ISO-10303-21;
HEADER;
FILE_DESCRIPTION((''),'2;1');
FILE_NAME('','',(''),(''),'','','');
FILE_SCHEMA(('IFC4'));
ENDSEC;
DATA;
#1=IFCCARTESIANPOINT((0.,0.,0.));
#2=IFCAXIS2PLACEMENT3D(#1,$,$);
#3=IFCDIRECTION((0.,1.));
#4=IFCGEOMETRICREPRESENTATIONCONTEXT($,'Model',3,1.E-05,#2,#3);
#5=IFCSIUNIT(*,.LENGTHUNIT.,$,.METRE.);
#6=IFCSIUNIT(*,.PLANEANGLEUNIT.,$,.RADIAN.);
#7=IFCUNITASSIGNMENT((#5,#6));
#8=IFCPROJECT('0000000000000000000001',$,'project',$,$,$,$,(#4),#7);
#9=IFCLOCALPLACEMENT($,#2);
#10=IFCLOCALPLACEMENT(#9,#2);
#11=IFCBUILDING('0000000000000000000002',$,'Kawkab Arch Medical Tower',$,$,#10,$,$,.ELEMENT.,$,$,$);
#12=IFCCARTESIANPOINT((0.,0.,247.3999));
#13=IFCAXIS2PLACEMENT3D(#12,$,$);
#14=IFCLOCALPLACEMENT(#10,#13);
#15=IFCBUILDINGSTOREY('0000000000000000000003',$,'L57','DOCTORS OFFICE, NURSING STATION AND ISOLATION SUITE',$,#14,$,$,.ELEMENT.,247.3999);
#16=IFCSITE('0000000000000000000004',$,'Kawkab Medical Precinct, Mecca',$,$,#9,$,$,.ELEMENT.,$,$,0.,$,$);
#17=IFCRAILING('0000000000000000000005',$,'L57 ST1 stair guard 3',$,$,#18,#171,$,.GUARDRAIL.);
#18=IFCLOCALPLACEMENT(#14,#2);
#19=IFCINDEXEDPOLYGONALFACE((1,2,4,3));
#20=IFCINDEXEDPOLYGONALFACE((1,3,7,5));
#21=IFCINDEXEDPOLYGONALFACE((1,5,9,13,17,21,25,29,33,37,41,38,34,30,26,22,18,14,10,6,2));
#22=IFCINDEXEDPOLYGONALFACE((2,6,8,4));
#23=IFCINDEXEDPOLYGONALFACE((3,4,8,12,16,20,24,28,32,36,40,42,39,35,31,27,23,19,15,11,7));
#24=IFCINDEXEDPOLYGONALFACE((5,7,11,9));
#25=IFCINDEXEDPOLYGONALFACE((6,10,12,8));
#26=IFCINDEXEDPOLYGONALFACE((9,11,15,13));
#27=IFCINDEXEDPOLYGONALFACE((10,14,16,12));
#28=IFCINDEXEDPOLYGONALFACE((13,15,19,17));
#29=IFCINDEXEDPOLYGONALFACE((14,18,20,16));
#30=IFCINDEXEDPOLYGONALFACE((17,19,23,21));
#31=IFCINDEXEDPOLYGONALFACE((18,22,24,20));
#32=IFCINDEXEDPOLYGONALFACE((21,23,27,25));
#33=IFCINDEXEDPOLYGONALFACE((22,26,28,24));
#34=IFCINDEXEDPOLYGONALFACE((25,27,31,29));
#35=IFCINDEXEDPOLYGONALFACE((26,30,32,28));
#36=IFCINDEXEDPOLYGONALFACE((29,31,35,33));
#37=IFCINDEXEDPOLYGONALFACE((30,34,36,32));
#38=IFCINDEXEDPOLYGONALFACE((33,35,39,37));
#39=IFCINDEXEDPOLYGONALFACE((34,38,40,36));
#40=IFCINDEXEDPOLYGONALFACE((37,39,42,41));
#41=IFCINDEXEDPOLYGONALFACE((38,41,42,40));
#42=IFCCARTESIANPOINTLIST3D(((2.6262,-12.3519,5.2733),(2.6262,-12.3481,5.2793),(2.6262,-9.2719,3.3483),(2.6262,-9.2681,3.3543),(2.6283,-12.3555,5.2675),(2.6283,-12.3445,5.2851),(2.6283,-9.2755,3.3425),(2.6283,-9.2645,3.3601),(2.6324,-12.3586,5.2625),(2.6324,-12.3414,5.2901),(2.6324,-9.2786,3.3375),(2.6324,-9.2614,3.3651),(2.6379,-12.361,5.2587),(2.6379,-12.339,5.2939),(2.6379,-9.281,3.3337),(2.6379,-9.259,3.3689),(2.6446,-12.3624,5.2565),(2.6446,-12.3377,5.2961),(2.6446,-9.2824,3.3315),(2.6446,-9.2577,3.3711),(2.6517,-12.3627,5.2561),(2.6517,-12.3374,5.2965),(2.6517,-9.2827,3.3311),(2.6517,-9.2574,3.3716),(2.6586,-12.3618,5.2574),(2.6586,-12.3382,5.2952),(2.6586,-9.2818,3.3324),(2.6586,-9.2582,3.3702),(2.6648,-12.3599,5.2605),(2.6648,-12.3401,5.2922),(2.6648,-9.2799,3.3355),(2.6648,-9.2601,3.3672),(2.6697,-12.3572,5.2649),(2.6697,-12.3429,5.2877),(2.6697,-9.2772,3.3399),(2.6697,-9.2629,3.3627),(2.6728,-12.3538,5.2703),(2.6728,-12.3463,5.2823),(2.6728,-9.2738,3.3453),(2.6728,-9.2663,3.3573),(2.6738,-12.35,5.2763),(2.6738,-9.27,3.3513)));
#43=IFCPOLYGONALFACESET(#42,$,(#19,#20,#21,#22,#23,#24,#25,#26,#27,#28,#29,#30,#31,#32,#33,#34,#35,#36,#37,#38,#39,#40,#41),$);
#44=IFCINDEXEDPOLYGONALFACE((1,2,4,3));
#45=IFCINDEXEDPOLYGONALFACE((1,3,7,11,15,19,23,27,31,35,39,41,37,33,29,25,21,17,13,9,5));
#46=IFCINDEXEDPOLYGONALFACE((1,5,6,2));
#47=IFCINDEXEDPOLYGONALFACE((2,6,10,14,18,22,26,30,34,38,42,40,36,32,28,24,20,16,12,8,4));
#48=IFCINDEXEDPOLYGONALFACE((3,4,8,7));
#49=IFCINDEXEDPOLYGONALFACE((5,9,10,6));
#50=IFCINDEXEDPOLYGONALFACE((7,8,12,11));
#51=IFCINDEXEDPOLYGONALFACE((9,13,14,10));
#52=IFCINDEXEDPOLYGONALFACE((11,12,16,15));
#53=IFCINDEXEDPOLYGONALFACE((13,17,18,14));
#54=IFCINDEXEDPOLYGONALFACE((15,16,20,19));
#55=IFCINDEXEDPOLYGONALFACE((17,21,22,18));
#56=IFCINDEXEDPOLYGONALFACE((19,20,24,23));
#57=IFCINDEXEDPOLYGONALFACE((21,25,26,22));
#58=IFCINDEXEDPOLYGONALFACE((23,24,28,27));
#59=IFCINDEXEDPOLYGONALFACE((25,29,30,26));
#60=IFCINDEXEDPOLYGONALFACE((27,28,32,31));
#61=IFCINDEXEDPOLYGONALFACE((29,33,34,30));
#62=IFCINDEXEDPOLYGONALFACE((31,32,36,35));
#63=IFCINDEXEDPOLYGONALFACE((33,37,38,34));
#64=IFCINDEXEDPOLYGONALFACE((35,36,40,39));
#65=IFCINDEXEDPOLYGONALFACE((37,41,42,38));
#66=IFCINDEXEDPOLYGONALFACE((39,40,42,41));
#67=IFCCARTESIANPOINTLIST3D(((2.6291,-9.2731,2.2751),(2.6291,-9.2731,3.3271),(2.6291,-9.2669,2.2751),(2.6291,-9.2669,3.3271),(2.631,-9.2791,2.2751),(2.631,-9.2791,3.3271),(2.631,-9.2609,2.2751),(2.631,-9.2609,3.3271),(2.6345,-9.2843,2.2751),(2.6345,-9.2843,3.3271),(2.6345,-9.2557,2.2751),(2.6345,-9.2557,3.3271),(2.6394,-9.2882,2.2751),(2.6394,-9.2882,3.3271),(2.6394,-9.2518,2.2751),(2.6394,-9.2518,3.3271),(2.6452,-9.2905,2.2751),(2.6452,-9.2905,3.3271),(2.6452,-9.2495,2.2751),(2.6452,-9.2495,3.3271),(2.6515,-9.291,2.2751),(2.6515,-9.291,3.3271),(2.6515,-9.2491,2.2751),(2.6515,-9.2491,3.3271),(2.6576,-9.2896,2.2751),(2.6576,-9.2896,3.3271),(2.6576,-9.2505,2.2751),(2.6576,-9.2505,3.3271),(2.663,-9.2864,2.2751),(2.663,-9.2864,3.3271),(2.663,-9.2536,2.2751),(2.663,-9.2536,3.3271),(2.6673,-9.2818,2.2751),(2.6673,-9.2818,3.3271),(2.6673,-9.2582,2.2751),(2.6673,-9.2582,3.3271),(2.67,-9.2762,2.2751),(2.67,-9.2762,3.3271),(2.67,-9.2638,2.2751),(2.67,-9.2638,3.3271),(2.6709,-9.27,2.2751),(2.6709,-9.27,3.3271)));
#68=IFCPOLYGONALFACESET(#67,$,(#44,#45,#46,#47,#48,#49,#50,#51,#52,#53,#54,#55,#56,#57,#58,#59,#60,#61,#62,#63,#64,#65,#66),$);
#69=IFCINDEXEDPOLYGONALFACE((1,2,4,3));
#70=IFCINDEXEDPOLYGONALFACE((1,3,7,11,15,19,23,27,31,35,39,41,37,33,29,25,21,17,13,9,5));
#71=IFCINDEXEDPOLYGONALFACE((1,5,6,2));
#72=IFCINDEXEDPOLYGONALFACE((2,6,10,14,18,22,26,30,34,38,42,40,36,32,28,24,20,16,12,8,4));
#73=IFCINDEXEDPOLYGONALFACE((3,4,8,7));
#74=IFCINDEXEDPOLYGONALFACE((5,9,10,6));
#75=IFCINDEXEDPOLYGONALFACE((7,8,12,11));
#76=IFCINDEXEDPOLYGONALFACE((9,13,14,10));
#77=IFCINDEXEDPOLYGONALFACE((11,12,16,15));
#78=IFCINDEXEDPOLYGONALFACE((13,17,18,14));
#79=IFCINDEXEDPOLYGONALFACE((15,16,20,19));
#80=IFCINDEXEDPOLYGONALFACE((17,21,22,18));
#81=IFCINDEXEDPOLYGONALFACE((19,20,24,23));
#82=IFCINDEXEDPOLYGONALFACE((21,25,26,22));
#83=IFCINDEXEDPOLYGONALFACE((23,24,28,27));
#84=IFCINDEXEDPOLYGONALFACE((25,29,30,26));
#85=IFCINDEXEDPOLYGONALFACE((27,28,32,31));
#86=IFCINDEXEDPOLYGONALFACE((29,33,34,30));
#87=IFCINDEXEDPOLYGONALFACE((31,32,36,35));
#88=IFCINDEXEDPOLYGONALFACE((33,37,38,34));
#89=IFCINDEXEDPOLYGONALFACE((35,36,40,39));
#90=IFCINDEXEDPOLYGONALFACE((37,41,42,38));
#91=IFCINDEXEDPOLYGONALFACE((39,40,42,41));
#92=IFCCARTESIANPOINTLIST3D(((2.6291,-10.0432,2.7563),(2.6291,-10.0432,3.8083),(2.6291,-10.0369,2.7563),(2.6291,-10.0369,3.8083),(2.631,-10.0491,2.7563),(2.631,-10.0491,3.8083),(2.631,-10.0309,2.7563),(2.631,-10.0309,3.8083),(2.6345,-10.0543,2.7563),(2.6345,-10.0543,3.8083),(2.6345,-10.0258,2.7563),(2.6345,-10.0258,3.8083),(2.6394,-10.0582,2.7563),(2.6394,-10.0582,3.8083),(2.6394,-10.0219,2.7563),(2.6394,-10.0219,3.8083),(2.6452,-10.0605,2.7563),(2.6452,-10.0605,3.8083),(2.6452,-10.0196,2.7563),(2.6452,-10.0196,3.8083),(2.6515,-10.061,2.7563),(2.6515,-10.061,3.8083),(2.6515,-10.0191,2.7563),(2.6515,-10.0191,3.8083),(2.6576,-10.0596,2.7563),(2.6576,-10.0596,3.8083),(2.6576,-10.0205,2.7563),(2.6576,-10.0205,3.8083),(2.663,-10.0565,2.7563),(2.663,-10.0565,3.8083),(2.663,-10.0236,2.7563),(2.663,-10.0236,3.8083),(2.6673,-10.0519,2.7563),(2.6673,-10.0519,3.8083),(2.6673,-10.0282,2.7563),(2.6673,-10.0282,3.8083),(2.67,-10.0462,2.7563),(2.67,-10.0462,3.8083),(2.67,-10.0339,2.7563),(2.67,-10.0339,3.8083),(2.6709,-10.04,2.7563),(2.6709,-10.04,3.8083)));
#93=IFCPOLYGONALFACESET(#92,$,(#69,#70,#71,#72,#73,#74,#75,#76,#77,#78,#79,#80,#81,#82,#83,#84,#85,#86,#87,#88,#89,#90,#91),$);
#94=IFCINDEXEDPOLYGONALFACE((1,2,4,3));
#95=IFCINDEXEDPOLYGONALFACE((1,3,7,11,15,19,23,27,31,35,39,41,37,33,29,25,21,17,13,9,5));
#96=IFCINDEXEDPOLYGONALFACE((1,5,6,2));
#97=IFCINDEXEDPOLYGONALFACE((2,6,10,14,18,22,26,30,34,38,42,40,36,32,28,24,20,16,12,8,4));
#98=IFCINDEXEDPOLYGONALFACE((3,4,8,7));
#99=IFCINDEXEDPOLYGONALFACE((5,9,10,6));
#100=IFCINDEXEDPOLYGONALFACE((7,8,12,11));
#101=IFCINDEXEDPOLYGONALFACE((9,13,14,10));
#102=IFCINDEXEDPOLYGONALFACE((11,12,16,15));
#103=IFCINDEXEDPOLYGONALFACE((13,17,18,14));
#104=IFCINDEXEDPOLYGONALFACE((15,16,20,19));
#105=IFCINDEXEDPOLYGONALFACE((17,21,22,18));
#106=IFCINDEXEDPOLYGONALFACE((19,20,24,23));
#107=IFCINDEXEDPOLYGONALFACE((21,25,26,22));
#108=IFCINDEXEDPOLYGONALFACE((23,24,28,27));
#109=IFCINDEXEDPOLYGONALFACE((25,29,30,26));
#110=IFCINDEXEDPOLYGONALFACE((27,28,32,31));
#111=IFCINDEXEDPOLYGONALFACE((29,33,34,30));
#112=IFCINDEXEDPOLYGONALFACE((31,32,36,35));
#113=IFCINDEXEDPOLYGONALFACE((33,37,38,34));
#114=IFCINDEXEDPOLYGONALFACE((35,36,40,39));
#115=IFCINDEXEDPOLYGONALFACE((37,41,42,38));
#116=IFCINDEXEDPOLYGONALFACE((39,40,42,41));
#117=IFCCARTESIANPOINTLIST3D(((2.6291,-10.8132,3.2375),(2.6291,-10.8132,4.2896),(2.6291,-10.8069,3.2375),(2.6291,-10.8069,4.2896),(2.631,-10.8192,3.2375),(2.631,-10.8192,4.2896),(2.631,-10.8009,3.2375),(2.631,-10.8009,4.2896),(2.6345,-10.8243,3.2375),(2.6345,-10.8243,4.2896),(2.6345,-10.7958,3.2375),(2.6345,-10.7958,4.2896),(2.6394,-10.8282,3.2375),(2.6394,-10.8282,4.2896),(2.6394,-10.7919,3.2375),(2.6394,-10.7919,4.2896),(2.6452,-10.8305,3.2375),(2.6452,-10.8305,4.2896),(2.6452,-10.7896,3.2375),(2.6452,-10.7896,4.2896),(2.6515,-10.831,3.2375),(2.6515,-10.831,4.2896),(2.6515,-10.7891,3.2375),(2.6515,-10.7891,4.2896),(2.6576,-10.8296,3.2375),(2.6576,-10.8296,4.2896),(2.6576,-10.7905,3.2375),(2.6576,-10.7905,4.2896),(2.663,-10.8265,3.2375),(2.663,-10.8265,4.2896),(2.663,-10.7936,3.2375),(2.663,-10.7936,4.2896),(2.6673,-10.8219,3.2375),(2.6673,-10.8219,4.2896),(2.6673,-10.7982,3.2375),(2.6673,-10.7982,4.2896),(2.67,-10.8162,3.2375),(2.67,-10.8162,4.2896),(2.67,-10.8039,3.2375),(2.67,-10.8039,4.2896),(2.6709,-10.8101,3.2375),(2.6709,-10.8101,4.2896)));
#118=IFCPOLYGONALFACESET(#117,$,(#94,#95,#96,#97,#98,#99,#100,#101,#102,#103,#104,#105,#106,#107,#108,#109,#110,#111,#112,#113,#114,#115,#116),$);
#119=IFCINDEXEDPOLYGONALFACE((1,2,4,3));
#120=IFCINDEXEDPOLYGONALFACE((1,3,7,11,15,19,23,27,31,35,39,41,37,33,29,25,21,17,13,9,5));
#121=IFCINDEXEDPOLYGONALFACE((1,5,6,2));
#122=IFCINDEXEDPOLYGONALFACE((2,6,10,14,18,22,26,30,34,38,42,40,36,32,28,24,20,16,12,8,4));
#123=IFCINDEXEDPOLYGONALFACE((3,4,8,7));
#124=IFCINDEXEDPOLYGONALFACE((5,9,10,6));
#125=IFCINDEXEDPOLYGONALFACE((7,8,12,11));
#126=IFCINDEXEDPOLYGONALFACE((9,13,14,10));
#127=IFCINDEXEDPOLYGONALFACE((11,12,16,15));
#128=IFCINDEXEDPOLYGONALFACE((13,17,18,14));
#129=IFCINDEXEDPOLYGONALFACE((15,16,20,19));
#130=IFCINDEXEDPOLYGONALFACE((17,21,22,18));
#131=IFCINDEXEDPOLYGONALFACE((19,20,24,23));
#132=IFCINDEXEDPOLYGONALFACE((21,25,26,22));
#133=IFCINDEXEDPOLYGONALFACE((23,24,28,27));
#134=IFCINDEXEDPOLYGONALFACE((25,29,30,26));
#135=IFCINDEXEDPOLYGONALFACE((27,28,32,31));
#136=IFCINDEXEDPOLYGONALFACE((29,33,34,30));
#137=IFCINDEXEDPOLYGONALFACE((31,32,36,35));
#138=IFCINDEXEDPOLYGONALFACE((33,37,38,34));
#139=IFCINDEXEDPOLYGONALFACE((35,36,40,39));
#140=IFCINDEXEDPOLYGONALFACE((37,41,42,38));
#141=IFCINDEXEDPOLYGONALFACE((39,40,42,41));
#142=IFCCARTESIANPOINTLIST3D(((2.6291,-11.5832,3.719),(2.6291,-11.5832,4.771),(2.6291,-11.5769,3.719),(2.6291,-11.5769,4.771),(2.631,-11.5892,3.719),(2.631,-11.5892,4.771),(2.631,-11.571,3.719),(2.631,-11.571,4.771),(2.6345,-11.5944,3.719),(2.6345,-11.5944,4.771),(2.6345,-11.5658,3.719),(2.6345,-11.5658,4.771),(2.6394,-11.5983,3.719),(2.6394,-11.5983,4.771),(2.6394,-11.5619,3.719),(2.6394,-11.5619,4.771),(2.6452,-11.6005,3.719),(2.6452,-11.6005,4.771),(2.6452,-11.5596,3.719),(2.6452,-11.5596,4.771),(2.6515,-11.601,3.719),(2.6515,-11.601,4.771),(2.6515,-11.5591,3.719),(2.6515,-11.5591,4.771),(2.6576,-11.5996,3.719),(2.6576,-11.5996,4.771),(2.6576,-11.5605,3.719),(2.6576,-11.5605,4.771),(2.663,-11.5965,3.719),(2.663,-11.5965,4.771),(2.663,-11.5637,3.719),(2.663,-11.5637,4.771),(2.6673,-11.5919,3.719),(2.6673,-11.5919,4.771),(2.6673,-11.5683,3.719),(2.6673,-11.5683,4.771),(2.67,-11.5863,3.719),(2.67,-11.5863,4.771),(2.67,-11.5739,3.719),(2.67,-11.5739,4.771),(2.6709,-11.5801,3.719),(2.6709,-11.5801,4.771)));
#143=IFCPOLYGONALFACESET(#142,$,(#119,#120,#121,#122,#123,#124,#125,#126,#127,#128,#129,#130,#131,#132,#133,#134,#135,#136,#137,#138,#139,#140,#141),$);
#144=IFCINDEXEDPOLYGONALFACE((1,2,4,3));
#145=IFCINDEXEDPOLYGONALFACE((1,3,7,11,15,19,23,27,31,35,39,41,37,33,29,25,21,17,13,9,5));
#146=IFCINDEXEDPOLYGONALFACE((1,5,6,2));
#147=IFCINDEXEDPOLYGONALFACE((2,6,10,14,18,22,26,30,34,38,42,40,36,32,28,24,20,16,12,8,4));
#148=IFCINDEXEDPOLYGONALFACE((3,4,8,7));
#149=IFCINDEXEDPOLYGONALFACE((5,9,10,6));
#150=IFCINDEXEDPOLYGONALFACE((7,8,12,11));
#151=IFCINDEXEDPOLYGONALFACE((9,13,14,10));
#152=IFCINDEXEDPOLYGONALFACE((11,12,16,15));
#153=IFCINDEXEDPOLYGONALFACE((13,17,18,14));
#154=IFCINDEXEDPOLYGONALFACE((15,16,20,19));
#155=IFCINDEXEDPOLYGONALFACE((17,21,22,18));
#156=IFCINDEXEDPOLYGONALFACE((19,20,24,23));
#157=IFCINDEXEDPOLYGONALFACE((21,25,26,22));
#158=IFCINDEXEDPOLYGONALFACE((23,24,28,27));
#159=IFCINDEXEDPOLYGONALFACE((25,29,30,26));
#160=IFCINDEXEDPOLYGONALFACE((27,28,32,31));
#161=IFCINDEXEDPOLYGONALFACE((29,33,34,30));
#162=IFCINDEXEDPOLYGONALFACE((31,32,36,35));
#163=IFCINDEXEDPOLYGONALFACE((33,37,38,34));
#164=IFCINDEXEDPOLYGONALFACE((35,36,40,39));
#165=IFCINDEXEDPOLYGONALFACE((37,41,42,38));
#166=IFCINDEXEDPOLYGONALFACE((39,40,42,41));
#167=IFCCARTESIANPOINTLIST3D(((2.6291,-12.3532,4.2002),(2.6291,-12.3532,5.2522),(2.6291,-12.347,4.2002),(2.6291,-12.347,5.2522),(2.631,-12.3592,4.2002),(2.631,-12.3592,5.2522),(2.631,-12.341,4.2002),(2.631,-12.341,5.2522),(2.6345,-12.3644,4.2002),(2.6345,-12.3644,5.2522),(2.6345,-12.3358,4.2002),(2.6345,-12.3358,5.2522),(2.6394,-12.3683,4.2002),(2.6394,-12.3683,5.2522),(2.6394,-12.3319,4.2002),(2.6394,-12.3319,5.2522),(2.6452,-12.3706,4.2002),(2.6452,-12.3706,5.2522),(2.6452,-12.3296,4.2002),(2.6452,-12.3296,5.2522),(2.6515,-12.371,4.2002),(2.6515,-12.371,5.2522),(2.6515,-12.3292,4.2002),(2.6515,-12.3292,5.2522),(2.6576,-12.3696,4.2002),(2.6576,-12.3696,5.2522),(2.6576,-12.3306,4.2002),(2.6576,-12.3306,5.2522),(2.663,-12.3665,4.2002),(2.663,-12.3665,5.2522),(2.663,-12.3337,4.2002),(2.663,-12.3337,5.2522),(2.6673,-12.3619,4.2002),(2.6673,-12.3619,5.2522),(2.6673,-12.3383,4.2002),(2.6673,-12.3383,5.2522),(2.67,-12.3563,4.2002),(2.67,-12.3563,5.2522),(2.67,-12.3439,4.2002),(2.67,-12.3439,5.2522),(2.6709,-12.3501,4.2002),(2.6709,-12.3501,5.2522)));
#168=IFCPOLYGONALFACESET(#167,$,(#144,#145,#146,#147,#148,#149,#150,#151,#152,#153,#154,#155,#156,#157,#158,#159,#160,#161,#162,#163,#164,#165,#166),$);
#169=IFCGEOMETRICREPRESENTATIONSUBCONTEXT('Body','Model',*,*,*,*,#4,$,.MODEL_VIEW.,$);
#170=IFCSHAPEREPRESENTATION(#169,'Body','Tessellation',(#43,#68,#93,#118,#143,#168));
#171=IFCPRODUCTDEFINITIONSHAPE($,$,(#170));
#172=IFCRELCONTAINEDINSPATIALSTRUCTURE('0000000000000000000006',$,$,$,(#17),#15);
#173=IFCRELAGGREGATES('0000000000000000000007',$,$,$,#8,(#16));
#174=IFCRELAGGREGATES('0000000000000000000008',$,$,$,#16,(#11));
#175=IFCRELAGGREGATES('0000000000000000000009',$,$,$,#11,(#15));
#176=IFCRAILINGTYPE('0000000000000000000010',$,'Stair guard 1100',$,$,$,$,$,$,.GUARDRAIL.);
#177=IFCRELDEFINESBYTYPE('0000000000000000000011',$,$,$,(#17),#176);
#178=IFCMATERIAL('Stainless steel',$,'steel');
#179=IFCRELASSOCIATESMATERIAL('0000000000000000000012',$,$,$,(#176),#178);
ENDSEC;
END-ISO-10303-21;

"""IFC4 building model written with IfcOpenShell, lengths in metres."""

from ifc_helpers import new_model, si_unit, direction, frame, origin, origin_2d, place, context, subcontext, project, spatial, circle, extrude, material, type_object, element, save


model = new_model("IFC4")

# Units and contexts
model_context = context("Model", 3, precision=1e-05, world=origin(), true_north=direction((0.0, 1.0)))
body_context = subcontext(model_context, "Body", "Model", "MODEL_VIEW")
ifc_project = project(units=[si_unit("LENGTHUNIT", "METRE"), si_unit("PLANEANGLEUNIT", "RADIAN")], contexts=[model_context])

# Site, building, storey
site_placement = place(None, origin())
site = spatial("IfcSite", under=ifc_project, at=site_placement, Name="Kawkab Medical Precinct, Mecca", CompositionType="ELEMENT", RefElevation=0.0)
building_placement = place(site_placement, origin())
building = spatial("IfcBuilding", under=site, at=building_placement, Name="Kawkab Arch Medical Tower", CompositionType="ELEMENT")
storey_placement = place(building_placement, frame((0.0, 0.0, 247.3999)))
storey = spatial("IfcBuildingStorey", under=building, at=storey_placement, Name="L57", Description="DOCTORS OFFICE, NURSING STATION AND ISOLATION SUITE", CompositionType="ELEMENT", Elevation=247.3999)

# Railing
ifc_material_1 = material(Name="Stainless steel", Category="steel")
railing_type_1 = type_object("IfcRailingType", Name="Stair guard 1100", PredefinedType="GUARDRAIL", material=ifc_material_1)
railing_1_placement = place(storey_placement, frame((2.6499, -9.27, 2.2751)))
element("IfcRailing", 1, at=railing_1_placement, inside=storey, type_object=railing_type_1, Name="L57 ST1 stair guard 3", PredefinedType="GUARDRAIL", context=body_context, shape_type="SweptSolid", body=[
    extrude(circle(Radius=0.0239, at=origin_2d()), frame((0.0, 0.0, 1.0762), z_axis=(0.0, -0.847998, 0.529999), x_axis=(1.0, 0.0, 0.0)), (0.0, 0.0, 1.0), 3.6321),
    extrude(circle(Radius=0.021, at=origin_2d()), origin(), (0.0, 0.0, 1.0), 1.052),
    extrude(circle(Radius=0.021, at=origin_2d()), frame((0.0, -0.77, 0.4812)), (0.0, 0.0, 1.0), 1.052),
    extrude(circle(Radius=0.021, at=origin_2d()), frame((0.0, -1.54, 0.9624)), (0.0, 0.0, 1.0), 1.052),
    extrude(circle(Radius=0.021, at=origin_2d()), frame((0.0, -2.3101, 1.4438)), (0.0, 0.0, 1.0), 1.052),
    extrude(circle(Radius=0.021, at=origin_2d()), frame((0.0, -3.0801, 1.925)), (0.0, 0.0, 1.0), 1.052),
])

save(model, "model.ifc")
